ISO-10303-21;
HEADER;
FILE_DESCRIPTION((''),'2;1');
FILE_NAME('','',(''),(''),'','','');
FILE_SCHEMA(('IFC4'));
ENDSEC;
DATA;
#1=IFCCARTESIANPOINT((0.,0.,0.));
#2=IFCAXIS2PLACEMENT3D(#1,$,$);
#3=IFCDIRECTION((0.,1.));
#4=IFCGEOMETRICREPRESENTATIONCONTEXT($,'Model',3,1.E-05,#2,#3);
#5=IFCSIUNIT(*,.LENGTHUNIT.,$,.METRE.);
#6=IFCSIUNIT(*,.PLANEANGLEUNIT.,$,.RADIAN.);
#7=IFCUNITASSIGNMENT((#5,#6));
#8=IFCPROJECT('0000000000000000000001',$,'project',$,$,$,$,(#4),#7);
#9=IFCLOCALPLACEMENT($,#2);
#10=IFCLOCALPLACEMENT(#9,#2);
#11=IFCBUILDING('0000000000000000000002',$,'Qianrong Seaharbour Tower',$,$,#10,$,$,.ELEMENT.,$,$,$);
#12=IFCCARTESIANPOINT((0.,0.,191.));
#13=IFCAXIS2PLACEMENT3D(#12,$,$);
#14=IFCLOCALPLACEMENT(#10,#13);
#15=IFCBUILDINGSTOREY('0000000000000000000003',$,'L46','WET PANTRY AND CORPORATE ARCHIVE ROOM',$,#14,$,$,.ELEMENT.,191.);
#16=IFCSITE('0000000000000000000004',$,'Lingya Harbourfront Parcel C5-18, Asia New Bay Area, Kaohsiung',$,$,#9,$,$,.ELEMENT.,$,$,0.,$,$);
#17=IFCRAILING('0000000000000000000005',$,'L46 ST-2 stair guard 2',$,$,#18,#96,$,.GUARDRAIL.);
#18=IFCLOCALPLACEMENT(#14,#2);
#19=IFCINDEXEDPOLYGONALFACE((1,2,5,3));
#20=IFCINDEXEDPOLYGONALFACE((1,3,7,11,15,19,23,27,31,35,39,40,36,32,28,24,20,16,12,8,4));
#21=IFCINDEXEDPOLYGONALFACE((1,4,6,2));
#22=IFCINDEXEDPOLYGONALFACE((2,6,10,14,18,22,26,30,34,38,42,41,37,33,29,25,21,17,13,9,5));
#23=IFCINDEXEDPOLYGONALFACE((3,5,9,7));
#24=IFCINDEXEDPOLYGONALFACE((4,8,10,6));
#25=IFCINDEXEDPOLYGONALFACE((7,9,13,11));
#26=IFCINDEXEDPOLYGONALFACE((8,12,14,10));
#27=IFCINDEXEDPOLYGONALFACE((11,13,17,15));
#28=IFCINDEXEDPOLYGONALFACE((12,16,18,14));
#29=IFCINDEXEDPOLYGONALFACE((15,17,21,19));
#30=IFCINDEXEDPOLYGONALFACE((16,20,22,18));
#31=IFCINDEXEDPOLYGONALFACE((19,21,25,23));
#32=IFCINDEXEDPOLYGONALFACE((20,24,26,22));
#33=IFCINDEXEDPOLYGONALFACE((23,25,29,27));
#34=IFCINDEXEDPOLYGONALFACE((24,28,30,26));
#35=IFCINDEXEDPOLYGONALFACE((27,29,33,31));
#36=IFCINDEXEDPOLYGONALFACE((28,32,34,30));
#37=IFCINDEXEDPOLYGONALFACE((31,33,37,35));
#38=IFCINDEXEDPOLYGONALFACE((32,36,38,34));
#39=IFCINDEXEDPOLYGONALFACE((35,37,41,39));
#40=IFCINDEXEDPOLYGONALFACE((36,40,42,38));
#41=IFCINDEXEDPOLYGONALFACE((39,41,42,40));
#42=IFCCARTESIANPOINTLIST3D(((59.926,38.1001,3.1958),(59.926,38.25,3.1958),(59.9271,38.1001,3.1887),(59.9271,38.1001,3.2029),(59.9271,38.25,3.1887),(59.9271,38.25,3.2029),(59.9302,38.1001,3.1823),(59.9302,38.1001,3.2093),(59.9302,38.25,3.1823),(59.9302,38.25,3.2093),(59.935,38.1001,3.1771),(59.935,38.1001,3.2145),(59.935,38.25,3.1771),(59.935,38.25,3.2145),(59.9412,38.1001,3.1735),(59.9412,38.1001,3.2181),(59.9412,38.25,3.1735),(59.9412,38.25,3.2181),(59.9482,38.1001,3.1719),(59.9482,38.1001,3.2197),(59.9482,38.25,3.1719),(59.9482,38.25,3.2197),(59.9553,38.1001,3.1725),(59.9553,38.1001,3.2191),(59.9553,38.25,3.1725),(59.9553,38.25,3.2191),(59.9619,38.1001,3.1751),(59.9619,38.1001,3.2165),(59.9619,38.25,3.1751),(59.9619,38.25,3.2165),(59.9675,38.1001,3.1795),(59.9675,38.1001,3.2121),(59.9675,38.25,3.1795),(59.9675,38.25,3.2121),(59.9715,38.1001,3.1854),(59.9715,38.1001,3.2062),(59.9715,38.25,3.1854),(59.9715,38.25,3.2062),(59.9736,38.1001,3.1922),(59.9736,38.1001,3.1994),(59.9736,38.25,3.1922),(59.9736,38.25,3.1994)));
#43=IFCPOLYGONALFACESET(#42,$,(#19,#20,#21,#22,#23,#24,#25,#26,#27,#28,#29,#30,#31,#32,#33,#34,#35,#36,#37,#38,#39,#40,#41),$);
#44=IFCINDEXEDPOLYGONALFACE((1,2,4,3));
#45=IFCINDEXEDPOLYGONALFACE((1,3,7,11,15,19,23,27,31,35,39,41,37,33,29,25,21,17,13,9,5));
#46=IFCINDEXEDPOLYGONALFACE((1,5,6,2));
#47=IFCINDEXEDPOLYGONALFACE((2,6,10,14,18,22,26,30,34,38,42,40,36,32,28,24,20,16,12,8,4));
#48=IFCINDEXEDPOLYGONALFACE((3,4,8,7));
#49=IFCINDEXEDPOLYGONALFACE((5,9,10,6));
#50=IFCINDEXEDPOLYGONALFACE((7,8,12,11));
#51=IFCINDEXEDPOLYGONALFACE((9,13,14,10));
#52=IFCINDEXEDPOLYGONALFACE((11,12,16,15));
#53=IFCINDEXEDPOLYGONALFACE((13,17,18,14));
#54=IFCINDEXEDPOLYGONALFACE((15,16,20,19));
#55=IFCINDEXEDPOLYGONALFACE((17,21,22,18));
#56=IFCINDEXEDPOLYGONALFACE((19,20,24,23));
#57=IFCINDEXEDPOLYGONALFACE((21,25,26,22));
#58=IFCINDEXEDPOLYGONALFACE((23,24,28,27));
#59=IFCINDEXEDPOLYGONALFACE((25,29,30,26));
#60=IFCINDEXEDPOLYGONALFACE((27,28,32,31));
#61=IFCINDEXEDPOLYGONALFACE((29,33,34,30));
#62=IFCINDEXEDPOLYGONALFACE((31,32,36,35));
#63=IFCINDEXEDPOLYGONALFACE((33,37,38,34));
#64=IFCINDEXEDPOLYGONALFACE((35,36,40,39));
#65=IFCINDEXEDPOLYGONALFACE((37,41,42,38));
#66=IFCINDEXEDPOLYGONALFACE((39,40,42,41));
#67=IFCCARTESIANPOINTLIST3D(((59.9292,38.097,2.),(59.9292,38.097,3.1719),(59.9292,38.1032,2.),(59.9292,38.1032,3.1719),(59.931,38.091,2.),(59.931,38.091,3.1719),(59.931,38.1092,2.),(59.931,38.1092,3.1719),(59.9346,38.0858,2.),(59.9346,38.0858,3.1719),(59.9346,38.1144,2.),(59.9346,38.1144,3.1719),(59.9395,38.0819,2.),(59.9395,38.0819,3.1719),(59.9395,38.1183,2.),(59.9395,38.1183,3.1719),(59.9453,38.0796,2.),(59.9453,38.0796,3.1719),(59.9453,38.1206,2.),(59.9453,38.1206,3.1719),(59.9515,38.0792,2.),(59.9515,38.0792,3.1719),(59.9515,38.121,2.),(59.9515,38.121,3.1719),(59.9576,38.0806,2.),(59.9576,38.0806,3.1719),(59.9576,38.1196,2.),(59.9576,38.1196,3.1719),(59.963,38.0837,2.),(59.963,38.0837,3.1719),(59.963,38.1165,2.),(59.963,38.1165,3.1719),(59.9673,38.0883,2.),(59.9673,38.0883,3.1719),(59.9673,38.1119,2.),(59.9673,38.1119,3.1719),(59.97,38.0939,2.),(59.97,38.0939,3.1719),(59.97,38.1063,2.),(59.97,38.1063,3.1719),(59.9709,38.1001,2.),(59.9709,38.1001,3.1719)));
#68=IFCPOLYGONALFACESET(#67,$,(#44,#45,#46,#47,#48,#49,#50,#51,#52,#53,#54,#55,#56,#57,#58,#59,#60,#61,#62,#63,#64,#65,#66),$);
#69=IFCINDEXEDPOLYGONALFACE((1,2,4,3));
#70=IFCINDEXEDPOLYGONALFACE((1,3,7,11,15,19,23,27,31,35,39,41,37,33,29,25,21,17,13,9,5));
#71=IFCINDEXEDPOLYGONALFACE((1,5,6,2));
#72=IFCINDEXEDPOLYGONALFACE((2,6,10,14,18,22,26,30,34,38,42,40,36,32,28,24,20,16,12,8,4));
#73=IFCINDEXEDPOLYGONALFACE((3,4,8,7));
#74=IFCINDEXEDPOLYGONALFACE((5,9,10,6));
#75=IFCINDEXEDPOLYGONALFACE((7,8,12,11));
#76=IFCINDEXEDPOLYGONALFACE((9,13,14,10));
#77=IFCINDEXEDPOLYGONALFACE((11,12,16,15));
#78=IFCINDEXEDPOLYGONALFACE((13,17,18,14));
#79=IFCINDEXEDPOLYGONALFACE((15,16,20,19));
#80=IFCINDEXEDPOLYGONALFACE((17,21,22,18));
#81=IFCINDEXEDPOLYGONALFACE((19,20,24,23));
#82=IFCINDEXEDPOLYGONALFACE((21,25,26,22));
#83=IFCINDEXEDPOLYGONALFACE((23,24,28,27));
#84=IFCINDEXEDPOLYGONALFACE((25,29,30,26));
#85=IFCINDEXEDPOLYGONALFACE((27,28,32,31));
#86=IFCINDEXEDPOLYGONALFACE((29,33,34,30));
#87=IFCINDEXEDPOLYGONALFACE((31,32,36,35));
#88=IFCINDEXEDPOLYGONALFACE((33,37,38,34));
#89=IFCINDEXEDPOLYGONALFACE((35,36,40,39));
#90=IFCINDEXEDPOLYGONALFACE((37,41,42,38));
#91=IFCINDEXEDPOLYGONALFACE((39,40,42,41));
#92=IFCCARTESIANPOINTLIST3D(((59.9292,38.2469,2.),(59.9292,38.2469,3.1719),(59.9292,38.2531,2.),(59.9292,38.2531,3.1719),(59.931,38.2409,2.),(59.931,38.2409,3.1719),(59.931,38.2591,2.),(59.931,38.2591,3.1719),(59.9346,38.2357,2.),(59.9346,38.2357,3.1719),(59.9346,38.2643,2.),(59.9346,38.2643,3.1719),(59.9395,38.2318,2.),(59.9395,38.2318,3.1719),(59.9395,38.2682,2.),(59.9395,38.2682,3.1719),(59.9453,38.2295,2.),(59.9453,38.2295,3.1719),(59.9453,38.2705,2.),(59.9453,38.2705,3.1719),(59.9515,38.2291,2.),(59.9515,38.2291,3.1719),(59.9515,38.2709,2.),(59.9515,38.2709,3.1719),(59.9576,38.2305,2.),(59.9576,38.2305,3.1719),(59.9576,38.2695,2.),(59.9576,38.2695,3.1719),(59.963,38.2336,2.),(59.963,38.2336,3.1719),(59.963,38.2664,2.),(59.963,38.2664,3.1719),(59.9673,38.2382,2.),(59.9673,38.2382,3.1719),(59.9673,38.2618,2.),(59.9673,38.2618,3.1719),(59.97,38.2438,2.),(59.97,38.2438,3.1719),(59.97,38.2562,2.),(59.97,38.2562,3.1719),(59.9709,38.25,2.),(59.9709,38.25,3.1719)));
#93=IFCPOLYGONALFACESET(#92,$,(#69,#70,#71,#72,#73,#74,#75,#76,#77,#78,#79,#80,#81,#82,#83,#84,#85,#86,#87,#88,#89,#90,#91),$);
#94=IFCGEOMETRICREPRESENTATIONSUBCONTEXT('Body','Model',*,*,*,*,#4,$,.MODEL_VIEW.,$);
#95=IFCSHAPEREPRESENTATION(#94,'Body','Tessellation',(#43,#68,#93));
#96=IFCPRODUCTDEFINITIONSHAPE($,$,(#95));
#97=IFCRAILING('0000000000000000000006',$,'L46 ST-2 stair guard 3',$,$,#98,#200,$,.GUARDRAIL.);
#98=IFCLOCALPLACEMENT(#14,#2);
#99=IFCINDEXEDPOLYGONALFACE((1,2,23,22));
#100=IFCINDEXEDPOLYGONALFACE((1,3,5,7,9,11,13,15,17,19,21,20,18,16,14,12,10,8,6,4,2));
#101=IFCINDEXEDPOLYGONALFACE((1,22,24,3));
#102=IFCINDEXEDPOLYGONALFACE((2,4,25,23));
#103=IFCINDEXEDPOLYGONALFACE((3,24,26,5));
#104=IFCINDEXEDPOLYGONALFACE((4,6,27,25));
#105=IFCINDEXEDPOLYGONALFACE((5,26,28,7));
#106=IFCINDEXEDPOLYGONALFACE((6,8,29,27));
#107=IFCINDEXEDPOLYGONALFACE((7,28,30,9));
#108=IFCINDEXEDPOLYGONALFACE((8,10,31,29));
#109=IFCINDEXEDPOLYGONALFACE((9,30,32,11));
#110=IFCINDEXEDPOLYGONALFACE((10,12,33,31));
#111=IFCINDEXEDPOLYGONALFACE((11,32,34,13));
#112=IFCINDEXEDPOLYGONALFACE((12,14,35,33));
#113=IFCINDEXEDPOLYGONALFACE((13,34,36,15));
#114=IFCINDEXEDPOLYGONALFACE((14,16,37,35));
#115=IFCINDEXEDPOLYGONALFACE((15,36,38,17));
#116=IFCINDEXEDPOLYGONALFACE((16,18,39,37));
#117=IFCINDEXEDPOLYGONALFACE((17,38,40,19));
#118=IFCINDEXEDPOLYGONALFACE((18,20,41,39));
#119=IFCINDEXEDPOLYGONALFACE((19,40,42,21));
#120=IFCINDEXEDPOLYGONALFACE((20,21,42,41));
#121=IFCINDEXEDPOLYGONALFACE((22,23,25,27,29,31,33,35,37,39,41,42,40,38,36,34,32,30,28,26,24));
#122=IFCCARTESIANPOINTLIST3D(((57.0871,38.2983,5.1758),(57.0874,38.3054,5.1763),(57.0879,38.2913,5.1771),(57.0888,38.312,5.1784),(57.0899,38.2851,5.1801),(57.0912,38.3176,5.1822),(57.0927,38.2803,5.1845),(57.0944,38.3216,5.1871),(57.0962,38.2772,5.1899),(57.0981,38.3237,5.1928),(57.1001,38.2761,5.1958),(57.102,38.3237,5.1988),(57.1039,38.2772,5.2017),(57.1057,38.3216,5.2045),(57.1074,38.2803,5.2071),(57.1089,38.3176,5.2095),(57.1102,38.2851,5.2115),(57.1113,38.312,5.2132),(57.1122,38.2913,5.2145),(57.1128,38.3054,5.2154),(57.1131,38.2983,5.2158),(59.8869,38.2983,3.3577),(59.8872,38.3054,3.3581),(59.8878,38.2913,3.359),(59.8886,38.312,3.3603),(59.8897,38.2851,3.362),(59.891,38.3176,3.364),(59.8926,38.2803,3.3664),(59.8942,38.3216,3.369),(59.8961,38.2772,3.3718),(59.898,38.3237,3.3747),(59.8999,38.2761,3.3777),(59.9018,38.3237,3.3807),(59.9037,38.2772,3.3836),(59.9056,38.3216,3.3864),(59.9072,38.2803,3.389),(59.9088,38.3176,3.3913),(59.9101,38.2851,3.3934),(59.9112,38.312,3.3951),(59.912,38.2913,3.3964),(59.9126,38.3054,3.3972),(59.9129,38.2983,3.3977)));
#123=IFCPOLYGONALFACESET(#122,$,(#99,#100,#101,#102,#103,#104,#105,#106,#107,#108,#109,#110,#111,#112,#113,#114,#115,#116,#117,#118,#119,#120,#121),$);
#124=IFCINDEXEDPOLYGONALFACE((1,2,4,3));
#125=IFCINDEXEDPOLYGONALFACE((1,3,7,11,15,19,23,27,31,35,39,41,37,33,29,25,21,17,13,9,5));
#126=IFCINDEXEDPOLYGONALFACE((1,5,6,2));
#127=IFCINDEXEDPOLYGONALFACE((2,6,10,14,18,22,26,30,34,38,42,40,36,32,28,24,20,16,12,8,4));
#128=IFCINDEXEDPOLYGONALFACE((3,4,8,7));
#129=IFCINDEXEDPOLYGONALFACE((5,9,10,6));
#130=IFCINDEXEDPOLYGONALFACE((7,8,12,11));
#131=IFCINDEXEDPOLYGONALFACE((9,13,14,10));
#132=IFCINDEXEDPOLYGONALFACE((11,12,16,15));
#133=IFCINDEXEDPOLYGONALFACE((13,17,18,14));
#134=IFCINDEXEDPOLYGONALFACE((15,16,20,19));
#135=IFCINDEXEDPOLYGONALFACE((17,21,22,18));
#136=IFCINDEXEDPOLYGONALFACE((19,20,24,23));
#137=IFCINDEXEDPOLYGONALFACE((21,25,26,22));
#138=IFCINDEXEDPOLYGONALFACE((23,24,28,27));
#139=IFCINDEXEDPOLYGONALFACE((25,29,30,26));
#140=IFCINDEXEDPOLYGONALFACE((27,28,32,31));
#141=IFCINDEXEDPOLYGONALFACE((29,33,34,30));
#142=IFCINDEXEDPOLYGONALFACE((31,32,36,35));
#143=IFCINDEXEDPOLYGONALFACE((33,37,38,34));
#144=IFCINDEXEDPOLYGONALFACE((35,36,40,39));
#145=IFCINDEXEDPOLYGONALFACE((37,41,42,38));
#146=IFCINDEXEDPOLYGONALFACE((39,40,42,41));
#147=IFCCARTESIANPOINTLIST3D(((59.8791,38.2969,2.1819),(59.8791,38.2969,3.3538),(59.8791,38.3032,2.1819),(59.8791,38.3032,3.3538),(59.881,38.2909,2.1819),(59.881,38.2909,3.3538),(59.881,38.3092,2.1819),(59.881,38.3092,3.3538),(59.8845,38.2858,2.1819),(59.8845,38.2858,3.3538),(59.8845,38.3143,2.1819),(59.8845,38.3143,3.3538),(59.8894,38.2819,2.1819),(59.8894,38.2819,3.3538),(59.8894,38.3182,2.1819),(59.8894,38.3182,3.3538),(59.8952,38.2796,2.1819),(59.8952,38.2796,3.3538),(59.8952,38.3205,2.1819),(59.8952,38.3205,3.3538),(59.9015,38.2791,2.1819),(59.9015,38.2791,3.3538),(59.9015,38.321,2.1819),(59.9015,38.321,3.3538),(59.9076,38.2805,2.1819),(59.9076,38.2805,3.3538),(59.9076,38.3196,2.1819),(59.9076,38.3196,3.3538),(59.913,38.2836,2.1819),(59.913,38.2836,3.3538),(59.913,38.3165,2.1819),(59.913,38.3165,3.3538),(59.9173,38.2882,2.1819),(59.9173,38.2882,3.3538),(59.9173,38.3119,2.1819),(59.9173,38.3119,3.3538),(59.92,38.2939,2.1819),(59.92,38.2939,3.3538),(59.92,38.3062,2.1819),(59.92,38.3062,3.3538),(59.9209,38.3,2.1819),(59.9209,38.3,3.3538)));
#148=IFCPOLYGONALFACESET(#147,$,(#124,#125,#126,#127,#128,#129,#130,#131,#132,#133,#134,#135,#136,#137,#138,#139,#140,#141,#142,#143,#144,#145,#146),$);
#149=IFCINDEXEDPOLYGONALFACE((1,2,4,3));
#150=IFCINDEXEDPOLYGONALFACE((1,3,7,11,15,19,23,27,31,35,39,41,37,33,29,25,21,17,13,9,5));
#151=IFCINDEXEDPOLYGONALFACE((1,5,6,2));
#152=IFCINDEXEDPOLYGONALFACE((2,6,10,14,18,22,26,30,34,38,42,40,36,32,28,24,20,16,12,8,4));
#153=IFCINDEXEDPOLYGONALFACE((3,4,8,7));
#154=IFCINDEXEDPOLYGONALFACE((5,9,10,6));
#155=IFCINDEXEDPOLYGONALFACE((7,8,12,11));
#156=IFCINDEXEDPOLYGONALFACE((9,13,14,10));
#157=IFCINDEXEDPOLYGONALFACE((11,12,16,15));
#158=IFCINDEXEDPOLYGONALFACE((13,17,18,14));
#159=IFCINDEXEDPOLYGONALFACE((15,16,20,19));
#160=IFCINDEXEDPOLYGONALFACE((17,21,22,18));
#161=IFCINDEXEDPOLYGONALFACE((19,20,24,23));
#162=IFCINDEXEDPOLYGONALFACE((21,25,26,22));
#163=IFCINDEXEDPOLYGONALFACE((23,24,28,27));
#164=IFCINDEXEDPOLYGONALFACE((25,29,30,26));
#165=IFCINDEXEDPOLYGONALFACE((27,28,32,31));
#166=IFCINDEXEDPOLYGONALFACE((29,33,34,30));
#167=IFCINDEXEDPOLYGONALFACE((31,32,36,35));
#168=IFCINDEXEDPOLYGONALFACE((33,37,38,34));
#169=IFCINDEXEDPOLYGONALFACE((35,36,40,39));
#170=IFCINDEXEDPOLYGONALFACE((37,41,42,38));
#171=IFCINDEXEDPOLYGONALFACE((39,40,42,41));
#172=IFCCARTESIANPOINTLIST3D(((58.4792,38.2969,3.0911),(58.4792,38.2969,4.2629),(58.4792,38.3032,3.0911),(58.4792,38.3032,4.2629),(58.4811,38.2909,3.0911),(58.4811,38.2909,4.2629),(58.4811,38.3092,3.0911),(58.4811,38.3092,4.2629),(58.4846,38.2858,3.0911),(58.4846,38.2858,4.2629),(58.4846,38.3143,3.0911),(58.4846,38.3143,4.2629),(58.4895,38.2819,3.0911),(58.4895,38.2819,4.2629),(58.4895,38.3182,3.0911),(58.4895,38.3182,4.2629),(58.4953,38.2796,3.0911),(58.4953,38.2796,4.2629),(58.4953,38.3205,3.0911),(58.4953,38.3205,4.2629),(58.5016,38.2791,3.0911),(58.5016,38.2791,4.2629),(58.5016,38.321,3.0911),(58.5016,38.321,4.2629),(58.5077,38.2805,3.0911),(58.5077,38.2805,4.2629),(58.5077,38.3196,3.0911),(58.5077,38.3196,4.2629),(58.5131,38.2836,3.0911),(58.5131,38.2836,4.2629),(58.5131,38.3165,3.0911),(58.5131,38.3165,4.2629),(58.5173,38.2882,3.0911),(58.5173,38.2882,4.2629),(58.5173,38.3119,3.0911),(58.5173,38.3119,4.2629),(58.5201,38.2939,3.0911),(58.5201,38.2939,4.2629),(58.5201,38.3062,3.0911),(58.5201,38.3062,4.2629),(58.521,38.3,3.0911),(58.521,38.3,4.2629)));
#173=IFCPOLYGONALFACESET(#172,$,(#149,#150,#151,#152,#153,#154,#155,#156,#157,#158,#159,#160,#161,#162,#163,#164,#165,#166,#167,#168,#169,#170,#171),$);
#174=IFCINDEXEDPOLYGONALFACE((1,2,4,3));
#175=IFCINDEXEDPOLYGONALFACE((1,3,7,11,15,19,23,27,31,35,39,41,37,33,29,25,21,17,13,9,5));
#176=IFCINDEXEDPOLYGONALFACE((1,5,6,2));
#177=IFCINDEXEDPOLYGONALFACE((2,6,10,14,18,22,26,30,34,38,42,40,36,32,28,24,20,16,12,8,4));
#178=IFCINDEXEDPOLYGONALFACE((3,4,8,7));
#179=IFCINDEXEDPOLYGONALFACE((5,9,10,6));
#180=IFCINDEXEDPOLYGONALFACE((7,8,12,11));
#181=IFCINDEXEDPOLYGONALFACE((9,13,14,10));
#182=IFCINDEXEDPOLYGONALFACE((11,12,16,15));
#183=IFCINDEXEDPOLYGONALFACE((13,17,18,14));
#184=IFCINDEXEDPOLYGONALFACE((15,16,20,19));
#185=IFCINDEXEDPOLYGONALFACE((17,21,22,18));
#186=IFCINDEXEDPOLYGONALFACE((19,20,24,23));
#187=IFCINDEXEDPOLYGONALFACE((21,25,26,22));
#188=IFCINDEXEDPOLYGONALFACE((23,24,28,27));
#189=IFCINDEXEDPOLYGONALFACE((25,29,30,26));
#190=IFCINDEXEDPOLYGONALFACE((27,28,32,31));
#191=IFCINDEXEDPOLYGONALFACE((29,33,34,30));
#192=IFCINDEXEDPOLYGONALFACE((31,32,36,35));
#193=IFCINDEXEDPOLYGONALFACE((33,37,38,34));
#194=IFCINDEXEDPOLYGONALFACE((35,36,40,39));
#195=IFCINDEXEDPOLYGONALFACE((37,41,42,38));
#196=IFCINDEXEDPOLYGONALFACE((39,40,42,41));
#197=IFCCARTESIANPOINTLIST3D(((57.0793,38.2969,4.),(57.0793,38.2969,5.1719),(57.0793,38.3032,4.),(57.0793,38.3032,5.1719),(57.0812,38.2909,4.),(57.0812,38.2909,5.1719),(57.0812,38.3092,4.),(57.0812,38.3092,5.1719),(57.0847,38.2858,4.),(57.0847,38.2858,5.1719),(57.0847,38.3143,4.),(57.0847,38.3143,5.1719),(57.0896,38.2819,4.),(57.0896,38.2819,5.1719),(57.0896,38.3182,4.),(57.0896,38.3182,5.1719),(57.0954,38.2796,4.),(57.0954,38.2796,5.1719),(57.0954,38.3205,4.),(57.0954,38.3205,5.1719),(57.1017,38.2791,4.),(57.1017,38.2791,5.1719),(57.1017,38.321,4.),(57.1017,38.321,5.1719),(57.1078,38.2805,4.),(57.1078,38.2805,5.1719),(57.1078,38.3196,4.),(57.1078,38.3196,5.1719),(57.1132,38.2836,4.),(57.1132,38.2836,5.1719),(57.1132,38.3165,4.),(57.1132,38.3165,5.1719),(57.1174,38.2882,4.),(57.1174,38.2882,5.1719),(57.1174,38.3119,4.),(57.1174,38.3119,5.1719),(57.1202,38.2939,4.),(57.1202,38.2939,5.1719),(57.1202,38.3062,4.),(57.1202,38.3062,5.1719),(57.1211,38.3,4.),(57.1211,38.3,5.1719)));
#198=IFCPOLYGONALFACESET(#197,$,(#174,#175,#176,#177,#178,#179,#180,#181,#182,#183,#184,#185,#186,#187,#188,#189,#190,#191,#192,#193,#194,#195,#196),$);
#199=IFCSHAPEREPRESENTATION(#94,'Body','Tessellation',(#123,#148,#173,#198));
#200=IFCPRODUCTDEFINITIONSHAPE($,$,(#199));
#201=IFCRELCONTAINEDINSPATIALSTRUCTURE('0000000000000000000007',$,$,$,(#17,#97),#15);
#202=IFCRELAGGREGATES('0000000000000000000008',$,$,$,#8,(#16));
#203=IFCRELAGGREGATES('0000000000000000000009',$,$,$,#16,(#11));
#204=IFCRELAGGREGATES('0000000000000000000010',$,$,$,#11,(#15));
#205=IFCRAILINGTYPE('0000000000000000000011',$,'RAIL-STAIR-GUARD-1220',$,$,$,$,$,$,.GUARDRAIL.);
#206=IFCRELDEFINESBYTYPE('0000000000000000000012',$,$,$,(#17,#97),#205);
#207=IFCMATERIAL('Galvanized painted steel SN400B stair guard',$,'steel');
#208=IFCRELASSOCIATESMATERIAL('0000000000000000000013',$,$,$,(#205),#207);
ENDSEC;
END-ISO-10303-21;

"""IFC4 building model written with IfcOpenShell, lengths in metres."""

from ifc_helpers import new_model, si_unit, direction, frame, origin, origin_2d, place, context, subcontext, project, spatial, circle, extrude, material, type_object, element, save


model = new_model("IFC4")

# Units and contexts
model_context = context("Model", 3, precision=1e-05, world=origin(), true_north=direction((0.0, 1.0)))
body_context = subcontext(model_context, "Body", "Model", "MODEL_VIEW")
ifc_project = project(units=[si_unit("LENGTHUNIT", "METRE"), si_unit("PLANEANGLEUNIT", "RADIAN")], contexts=[model_context])

# Site, building, storey
site_placement = place(None, origin())
site = spatial("IfcSite", under=ifc_project, at=site_placement, Name="Lingya Harbourfront Parcel C5-18, Asia New Bay Area, Kaohsiung", CompositionType="ELEMENT", RefElevation=0.0)
building_placement = place(site_placement, origin())
building = spatial("IfcBuilding", under=site, at=building_placement, Name="Qianrong Seaharbour Tower", CompositionType="ELEMENT")
storey_placement = place(building_placement, frame((0.0, 0.0, 191.0)))
storey = spatial("IfcBuildingStorey", under=building, at=storey_placement, Name="L46", Description="WET PANTRY AND CORPORATE ARCHIVE ROOM", CompositionType="ELEMENT", Elevation=191.0)

# Railings
ifc_material_1 = material(Name="Galvanized painted steel SN400B stair guard", Category="steel")
railing_type_1 = type_object("IfcRailingType", Name="RAIL-STAIR-GUARD-1220", PredefinedType="GUARDRAIL", material=ifc_material_1)
railing_1_placement = place(storey_placement, frame((59.95, 38.1001, 2.0)))
element("IfcRailing", 1, at=railing_1_placement, inside=storey, type_object=railing_type_1, Name="L46 ST-2 stair guard 2", PredefinedType="GUARDRAIL", context=body_context, shape_type="SweptSolid", body=[
    extrude(circle(Radius=0.0239, at=origin_2d()), frame((0.0, 0.0, 1.1958), z_axis=(0.0, 1.0, 0.0), x_axis=(-1.0, 0.0, 0.0)), (0.0, 0.0, 1.0), 0.1499),
    extrude(circle(Radius=0.021, at=origin_2d()), origin(), (0.0, 0.0, 1.0), 1.1719),
    extrude(circle(Radius=0.021, at=origin_2d()), frame((0.0, 0.1499, 0.0)), (0.0, 0.0, 1.0), 1.1719),
])
railing_2_placement = place(storey_placement, frame((59.8999, 38.3, 2.1819)))
element("IfcRailing", 2, at=railing_2_placement, inside=storey, type_object=railing_type_1, Name="L46 ST-2 stair guard 3", PredefinedType="GUARDRAIL", context=body_context, shape_type="SweptSolid", body=[
    extrude(circle(Radius=0.0239, at=origin_2d()), frame((0.0, 0.0, 1.1958), z_axis=(-0.838684, 0.0, 0.544618), x_axis=(0.0, -1.0, 0.0)), (0.0, 0.0, 1.0), 3.3384),
    extrude(circle(Radius=0.021, at=origin_2d()), origin(), (0.0, 0.0, 1.0), 1.1719),
    extrude(circle(Radius=0.021, at=origin_2d()), frame((-1.3999, 0.0, 0.9092)), (0.0, 0.0, 1.0), 1.1719),
    extrude(circle(Radius=0.021, at=origin_2d()), frame((-2.7998, 0.0, 1.8181)), (0.0, 0.0, 1.0), 1.1719),
])

save(model, "model.ifc")
